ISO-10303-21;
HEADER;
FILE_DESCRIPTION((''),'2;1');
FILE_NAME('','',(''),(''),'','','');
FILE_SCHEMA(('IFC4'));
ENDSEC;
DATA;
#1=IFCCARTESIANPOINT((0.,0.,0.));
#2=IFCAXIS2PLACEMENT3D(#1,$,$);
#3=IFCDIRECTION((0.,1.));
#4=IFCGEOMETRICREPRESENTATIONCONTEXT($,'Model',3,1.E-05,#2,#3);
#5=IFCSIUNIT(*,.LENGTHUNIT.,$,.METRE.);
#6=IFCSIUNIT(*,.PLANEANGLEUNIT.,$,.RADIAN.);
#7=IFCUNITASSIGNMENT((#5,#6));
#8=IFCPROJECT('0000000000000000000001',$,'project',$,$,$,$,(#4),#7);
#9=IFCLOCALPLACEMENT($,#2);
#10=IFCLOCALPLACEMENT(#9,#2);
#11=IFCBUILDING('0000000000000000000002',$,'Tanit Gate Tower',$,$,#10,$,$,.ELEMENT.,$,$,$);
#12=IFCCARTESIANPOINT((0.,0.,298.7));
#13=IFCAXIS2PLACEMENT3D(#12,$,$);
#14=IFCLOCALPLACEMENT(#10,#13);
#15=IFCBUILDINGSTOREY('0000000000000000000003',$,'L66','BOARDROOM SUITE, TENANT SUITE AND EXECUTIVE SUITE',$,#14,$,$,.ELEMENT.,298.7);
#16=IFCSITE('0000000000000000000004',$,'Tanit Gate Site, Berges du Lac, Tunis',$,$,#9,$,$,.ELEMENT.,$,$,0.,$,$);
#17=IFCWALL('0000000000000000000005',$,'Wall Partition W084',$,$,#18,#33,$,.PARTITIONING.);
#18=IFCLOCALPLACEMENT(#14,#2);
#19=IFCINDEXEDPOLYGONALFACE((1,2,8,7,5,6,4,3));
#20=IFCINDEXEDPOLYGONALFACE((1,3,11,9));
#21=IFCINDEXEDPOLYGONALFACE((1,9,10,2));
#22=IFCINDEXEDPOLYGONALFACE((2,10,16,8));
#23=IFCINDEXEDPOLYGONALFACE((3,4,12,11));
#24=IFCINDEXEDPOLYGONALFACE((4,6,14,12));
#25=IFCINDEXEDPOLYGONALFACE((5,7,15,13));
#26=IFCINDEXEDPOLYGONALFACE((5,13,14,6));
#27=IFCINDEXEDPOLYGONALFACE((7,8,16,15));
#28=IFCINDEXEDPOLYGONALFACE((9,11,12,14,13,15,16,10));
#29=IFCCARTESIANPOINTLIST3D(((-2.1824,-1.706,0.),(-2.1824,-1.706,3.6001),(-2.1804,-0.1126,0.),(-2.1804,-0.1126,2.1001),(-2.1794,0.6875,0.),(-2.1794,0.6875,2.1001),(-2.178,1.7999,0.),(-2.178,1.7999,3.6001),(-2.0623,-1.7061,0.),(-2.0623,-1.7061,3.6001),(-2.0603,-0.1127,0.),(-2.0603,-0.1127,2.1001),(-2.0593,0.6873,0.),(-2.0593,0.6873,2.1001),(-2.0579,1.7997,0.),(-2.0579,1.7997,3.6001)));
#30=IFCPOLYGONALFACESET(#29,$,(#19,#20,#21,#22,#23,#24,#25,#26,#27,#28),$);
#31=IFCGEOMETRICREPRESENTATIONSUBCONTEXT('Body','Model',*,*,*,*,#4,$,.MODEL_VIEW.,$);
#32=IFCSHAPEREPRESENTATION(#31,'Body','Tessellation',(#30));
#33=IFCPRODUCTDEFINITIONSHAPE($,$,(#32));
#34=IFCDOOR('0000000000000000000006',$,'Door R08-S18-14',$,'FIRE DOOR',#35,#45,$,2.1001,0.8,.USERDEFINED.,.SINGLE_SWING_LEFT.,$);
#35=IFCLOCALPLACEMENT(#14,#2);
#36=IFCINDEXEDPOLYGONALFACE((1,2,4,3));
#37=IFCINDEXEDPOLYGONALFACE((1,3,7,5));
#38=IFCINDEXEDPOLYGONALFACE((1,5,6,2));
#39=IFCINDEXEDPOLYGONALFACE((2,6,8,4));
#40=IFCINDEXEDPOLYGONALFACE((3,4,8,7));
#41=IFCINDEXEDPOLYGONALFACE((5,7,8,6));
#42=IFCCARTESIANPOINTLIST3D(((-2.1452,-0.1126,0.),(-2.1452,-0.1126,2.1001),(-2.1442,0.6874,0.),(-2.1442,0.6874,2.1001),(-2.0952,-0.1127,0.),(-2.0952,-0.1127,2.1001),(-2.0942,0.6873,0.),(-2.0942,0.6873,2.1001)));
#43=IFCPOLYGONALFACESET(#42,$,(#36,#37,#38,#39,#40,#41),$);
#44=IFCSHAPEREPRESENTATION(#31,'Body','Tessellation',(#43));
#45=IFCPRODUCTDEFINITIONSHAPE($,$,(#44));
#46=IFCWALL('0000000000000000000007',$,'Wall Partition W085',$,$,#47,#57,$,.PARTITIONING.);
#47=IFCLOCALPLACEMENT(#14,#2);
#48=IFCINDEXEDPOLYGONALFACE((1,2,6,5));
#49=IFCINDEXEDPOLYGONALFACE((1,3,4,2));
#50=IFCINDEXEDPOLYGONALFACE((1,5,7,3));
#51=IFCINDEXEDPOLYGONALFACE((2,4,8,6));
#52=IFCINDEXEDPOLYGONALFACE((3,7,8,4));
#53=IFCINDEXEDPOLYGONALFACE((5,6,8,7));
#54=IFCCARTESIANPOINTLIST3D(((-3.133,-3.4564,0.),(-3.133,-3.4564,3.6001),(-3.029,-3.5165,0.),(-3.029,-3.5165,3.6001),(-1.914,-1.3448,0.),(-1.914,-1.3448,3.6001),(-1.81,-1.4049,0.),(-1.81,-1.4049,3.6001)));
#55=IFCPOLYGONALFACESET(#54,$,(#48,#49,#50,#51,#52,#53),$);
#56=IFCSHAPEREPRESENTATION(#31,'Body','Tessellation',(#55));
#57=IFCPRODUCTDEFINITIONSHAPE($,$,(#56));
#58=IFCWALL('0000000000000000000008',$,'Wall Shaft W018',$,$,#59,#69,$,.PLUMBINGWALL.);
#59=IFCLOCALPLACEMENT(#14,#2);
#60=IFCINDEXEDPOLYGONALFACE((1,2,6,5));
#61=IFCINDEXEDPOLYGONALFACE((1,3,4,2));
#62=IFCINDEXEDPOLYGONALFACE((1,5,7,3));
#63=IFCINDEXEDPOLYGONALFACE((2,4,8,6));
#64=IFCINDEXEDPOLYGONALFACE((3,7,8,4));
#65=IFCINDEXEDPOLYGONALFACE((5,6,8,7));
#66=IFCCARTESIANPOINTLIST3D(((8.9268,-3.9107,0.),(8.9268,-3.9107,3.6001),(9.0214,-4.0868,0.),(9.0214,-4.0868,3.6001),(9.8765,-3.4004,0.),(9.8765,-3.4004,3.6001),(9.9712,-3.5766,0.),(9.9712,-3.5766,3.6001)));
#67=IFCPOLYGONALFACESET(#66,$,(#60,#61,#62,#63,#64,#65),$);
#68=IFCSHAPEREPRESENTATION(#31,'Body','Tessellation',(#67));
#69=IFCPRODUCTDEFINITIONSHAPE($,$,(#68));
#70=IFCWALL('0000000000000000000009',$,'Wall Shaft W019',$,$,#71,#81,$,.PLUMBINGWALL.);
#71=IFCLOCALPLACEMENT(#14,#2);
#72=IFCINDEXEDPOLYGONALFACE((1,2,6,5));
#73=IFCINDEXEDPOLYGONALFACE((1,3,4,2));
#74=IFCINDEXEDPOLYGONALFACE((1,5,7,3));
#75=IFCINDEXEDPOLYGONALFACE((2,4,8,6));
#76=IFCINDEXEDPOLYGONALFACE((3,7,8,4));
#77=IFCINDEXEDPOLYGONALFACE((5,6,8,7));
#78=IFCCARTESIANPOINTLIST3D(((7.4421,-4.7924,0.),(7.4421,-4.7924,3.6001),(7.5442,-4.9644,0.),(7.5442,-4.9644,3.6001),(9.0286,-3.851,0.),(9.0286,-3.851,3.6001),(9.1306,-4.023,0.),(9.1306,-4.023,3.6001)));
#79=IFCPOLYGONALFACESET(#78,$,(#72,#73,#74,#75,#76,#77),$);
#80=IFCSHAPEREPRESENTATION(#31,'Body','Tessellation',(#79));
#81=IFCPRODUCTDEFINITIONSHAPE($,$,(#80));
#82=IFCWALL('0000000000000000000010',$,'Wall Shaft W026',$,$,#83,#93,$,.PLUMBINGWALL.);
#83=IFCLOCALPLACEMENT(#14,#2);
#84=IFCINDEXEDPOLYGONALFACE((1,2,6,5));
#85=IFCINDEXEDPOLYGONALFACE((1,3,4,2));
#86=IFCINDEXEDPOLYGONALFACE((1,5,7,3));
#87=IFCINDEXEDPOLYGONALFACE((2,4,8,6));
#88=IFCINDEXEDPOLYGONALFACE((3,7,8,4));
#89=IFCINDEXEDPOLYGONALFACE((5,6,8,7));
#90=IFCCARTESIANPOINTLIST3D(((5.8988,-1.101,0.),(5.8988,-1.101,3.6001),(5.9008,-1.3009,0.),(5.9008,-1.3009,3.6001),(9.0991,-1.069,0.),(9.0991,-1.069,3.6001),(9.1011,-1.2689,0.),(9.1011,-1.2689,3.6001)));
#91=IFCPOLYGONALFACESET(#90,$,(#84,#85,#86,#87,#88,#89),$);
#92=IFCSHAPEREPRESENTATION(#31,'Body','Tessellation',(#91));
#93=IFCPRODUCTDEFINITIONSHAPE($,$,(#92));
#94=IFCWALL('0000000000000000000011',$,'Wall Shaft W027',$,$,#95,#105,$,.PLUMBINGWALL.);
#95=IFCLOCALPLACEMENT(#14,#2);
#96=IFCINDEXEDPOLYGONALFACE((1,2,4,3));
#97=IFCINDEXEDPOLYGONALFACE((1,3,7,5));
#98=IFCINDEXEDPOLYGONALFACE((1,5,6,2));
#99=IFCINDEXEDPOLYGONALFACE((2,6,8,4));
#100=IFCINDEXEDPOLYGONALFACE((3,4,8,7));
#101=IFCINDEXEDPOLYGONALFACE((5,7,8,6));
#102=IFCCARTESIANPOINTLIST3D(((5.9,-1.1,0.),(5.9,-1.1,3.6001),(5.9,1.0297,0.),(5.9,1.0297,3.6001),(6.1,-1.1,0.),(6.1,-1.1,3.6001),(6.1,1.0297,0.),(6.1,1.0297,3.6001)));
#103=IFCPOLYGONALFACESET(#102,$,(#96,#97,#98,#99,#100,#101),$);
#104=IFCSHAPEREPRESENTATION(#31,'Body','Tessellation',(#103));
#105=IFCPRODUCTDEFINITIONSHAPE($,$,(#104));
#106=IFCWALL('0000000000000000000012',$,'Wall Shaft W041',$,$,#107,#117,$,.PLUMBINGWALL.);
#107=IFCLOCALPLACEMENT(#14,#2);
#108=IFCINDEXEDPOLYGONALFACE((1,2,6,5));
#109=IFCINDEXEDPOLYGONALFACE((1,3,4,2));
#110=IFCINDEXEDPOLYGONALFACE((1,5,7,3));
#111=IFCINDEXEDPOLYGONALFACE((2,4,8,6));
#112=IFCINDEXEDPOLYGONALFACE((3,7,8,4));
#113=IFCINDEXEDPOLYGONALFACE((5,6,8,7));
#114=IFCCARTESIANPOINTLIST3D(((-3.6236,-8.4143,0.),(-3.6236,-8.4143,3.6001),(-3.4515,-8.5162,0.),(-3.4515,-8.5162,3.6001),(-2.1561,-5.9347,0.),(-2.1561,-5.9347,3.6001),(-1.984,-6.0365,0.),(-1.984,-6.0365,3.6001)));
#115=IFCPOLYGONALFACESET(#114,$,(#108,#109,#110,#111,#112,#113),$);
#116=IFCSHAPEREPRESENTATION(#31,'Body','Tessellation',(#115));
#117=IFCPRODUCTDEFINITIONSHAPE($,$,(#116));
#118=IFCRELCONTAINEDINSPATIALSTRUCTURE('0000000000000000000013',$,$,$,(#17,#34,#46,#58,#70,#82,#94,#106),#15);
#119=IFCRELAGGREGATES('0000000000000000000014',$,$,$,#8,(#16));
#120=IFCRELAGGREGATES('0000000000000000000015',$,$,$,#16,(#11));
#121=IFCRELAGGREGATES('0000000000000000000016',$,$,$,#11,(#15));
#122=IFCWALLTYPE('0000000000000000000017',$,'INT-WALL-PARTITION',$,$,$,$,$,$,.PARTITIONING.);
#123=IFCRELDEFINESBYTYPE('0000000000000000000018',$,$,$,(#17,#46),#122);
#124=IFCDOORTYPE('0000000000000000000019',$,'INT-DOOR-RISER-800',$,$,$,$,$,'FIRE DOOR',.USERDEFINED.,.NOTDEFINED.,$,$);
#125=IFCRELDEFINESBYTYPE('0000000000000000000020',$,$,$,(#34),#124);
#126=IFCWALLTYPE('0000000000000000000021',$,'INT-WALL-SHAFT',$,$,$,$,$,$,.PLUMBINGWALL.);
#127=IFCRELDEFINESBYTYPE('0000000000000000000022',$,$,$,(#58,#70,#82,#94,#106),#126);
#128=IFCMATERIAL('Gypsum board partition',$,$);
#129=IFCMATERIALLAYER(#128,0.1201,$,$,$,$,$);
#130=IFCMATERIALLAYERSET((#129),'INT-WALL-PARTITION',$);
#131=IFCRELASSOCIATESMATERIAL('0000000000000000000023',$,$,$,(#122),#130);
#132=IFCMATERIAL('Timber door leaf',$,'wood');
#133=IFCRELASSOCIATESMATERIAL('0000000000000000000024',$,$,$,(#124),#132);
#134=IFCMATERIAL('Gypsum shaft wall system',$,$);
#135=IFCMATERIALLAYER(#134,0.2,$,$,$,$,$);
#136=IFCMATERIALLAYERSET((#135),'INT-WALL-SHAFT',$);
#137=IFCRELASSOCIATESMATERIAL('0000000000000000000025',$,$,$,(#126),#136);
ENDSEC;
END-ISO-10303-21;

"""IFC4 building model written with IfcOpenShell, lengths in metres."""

from ifc_helpers import new_model, si_unit, direction, frame, frame_2d, origin, place, context, subcontext, project, spatial, rectangle, extrude, material, layer, layer_set, type_object, element, fill, save


model = new_model("IFC4")

# Units and contexts
model_context = context("Model", 3, precision=1e-05, world=origin(), true_north=direction((0.0, 1.0)))
body_context = subcontext(model_context, "Body", "Model", "MODEL_VIEW")
ifc_project = project(units=[si_unit("LENGTHUNIT", "METRE"), si_unit("PLANEANGLEUNIT", "RADIAN")], contexts=[model_context])

# Site, building, storey
site_placement = place(None, origin())
site = spatial("IfcSite", under=ifc_project, at=site_placement, Name="Tanit Gate Site, Berges du Lac, Tunis", CompositionType="ELEMENT", RefElevation=0.0)
building_placement = place(site_placement, origin())
building = spatial("IfcBuilding", under=site, at=building_placement, Name="Tanit Gate Tower", CompositionType="ELEMENT")
storey_placement = place(building_placement, frame((0.0, 0.0, 298.7)))
storey = spatial("IfcBuildingStorey", under=building, at=storey_placement, Name="L66", Description="BOARDROOM SUITE, TENANT SUITE AND EXECUTIVE SUITE", CompositionType="ELEMENT", Elevation=298.7)

# Shared definitions
ifc_material_1 = material(Name="Gypsum board partition")
ifc_layer_1 = layer(ifc_material_1, 0.1201)
ifc_layer_set_1 = layer_set([ifc_layer_1], Name="INT-WALL-PARTITION")
wall_type_1 = type_object("IfcWallType", Name="INT-WALL-PARTITION", PredefinedType="PARTITIONING", material=ifc_layer_set_1)

# Shared definitions
ifc_material_2 = material(Name="Timber door leaf", Category="wood")
door_type_1 = type_object("IfcDoorType", Name="INT-DOOR-RISER-800", ElementType="FIRE DOOR", OperationType="NOTDEFINED", PredefinedType="USERDEFINED", material=ifc_material_2)

# Wall, opening, door
wall_1_placement = place(storey_placement, frame((-2.1223, -1.7061, 0.0), z_axis=(0.0, 0.0, 1.0), x_axis=(0.001253, 0.999999, 0.0)))
wall_1 = element("IfcWall", 1, at=wall_1_placement, inside=storey, type_object=wall_type_1, Name="Wall Partition W084", PredefinedType="PARTITIONING", context=body_context, shape_type="SweptSolid", body=[
    extrude(rectangle(XDim=3.5059, YDim=0.1201, at=frame_2d((1.7529, 0.0))), origin(), (0.0, 0.0, 1.0), 3.6001),
])
opening_1_placement = place(wall_1_placement, frame((1.5935, 0.0, 0.0)))
opening_1 = element("IfcOpeningElement", 2, at=opening_1_placement, cuts=wall_1, PredefinedType="OPENING", context=body_context, shape_type="SweptSolid", body=[
    extrude(rectangle(XDim=0.8, YDim=2.1001, at=frame_2d((0.3999, 1.05))), frame((0.0, 0.0701, 0.0), z_axis=(0.0, -1.0, 0.0), x_axis=(1.0, 0.0, 0.0)), (0.0, 0.0, 1.0), 0.1401),
])
door_1_placement = place(opening_1_placement, origin())
door_1 = element("IfcDoor", 3, at=door_1_placement, inside=storey, type_object=door_type_1, Name="Door R08-S18-14", ObjectType="FIRE DOOR", OperationType="SINGLE_SWING_LEFT", OverallHeight=2.1001, OverallWidth=0.8, PredefinedType="USERDEFINED", context=body_context, shape_type="SweptSolid", body=[
    extrude(rectangle(XDim=0.8, YDim=2.1001, at=frame_2d((0.3999, 1.05))), frame((0.0, 0.0249, 0.0), z_axis=(0.0, -1.0, 0.0), x_axis=(1.0, 0.0, 0.0)), (0.0, 0.0, 1.0), 0.05),
])
fill(opening_1, door_1)

# Walls
wall_2_placement = place(storey_placement, frame((-3.0811, -3.4866, 0.0), z_axis=(0.0, 0.0, 1.0), x_axis=(0.499962, 0.866047, 0.0)))
element("IfcWall", 4, at=wall_2_placement, inside=storey, type_object=wall_type_1, Name="Wall Partition W085", PredefinedType="PARTITIONING", context=body_context, shape_type="SweptSolid", body=[
    extrude(rectangle(XDim=2.4382, YDim=0.1201, at=frame_2d((1.2192, 0.0))), origin(), (0.0, 0.0, 1.0), 3.6001),
])
ifc_material_3 = material(Name="Gypsum shaft wall system")
ifc_layer_2 = layer(ifc_material_3, 0.2)
ifc_layer_set_2 = layer_set([ifc_layer_2], Name="INT-WALL-SHAFT")
wall_type_2 = type_object("IfcWallType", Name="INT-WALL-SHAFT", PredefinedType="PLUMBINGWALL", material=ifc_layer_set_2)
wall_3_placement = place(storey_placement, frame((8.9741, -3.9988, 0.0), z_axis=(0.0, 0.0, 1.0), x_axis=(0.880907, 0.473289, 0.0)))
element("IfcWall", 5, at=wall_3_placement, inside=storey, type_object=wall_type_2, Name="Wall Shaft W018", PredefinedType="PLUMBINGWALL", context=body_context, shape_type="SweptSolid", body=[
    extrude(rectangle(XDim=1.0781, YDim=0.2, at=frame_2d((0.5391, 0.0))), origin(), (0.0, 0.0, 1.0), 3.6001),
])
wall_4_placement = place(storey_placement, frame((7.4932, -4.8784, 0.0), z_axis=(0.0, 0.0, 1.0), x_axis=(0.859982, 0.510325, 0.0)))
element("IfcWall", 6, at=wall_4_placement, inside=storey, type_object=wall_type_2, Name="Wall Shaft W019", PredefinedType="PLUMBINGWALL", context=body_context, shape_type="SweptSolid", body=[
    extrude(rectangle(XDim=1.8447, YDim=0.2, at=frame_2d((0.9224, 0.0))), origin(), (0.0, 0.0, 1.0), 3.6001),
])
wall_5_placement = place(storey_placement, frame((5.8999, -1.2009, 0.0), z_axis=(0.0, 0.0, 1.0), x_axis=(0.99995, 0.009993, 0.0)))
element("IfcWall", 7, at=wall_5_placement, inside=storey, type_object=wall_type_2, Name="Wall Shaft W026", PredefinedType="PLUMBINGWALL", context=body_context, shape_type="SweptSolid", body=[
    extrude(rectangle(XDim=3.2004, YDim=0.2, at=frame_2d((1.6001, 0.0))), origin(), (0.0, 0.0, 1.0), 3.6001),
])
wall_6_placement = place(storey_placement, frame((6.0, -1.1001, 0.0), z_axis=(0.0, 0.0, 1.0), x_axis=(0.0, 1.0, 0.0)))
element("IfcWall", 8, at=wall_6_placement, inside=storey, type_object=wall_type_2, Name="Wall Shaft W027", PredefinedType="PLUMBINGWALL", context=body_context, shape_type="SweptSolid", body=[
    extrude(rectangle(XDim=2.1296, YDim=0.2, at=frame_2d((1.0649, 0.0))), origin(), (0.0, 0.0, 1.0), 3.6001),
])
wall_7_placement = place(storey_placement, frame((-2.0701, -5.9856, 0.0), z_axis=(0.0, 0.0, 1.0), x_axis=(-0.509303, -0.860587, 0.0)))
element("IfcWall", 9, at=wall_7_placement, inside=storey, type_object=wall_type_2, Name="Wall Shaft W041", PredefinedType="PLUMBINGWALL", context=body_context, shape_type="SweptSolid", body=[
    extrude(rectangle(XDim=2.8813, YDim=0.2, at=frame_2d((1.4407, 0.0))), origin(), (0.0, 0.0, 1.0), 3.6001),
])

save(model, "model.ifc")
